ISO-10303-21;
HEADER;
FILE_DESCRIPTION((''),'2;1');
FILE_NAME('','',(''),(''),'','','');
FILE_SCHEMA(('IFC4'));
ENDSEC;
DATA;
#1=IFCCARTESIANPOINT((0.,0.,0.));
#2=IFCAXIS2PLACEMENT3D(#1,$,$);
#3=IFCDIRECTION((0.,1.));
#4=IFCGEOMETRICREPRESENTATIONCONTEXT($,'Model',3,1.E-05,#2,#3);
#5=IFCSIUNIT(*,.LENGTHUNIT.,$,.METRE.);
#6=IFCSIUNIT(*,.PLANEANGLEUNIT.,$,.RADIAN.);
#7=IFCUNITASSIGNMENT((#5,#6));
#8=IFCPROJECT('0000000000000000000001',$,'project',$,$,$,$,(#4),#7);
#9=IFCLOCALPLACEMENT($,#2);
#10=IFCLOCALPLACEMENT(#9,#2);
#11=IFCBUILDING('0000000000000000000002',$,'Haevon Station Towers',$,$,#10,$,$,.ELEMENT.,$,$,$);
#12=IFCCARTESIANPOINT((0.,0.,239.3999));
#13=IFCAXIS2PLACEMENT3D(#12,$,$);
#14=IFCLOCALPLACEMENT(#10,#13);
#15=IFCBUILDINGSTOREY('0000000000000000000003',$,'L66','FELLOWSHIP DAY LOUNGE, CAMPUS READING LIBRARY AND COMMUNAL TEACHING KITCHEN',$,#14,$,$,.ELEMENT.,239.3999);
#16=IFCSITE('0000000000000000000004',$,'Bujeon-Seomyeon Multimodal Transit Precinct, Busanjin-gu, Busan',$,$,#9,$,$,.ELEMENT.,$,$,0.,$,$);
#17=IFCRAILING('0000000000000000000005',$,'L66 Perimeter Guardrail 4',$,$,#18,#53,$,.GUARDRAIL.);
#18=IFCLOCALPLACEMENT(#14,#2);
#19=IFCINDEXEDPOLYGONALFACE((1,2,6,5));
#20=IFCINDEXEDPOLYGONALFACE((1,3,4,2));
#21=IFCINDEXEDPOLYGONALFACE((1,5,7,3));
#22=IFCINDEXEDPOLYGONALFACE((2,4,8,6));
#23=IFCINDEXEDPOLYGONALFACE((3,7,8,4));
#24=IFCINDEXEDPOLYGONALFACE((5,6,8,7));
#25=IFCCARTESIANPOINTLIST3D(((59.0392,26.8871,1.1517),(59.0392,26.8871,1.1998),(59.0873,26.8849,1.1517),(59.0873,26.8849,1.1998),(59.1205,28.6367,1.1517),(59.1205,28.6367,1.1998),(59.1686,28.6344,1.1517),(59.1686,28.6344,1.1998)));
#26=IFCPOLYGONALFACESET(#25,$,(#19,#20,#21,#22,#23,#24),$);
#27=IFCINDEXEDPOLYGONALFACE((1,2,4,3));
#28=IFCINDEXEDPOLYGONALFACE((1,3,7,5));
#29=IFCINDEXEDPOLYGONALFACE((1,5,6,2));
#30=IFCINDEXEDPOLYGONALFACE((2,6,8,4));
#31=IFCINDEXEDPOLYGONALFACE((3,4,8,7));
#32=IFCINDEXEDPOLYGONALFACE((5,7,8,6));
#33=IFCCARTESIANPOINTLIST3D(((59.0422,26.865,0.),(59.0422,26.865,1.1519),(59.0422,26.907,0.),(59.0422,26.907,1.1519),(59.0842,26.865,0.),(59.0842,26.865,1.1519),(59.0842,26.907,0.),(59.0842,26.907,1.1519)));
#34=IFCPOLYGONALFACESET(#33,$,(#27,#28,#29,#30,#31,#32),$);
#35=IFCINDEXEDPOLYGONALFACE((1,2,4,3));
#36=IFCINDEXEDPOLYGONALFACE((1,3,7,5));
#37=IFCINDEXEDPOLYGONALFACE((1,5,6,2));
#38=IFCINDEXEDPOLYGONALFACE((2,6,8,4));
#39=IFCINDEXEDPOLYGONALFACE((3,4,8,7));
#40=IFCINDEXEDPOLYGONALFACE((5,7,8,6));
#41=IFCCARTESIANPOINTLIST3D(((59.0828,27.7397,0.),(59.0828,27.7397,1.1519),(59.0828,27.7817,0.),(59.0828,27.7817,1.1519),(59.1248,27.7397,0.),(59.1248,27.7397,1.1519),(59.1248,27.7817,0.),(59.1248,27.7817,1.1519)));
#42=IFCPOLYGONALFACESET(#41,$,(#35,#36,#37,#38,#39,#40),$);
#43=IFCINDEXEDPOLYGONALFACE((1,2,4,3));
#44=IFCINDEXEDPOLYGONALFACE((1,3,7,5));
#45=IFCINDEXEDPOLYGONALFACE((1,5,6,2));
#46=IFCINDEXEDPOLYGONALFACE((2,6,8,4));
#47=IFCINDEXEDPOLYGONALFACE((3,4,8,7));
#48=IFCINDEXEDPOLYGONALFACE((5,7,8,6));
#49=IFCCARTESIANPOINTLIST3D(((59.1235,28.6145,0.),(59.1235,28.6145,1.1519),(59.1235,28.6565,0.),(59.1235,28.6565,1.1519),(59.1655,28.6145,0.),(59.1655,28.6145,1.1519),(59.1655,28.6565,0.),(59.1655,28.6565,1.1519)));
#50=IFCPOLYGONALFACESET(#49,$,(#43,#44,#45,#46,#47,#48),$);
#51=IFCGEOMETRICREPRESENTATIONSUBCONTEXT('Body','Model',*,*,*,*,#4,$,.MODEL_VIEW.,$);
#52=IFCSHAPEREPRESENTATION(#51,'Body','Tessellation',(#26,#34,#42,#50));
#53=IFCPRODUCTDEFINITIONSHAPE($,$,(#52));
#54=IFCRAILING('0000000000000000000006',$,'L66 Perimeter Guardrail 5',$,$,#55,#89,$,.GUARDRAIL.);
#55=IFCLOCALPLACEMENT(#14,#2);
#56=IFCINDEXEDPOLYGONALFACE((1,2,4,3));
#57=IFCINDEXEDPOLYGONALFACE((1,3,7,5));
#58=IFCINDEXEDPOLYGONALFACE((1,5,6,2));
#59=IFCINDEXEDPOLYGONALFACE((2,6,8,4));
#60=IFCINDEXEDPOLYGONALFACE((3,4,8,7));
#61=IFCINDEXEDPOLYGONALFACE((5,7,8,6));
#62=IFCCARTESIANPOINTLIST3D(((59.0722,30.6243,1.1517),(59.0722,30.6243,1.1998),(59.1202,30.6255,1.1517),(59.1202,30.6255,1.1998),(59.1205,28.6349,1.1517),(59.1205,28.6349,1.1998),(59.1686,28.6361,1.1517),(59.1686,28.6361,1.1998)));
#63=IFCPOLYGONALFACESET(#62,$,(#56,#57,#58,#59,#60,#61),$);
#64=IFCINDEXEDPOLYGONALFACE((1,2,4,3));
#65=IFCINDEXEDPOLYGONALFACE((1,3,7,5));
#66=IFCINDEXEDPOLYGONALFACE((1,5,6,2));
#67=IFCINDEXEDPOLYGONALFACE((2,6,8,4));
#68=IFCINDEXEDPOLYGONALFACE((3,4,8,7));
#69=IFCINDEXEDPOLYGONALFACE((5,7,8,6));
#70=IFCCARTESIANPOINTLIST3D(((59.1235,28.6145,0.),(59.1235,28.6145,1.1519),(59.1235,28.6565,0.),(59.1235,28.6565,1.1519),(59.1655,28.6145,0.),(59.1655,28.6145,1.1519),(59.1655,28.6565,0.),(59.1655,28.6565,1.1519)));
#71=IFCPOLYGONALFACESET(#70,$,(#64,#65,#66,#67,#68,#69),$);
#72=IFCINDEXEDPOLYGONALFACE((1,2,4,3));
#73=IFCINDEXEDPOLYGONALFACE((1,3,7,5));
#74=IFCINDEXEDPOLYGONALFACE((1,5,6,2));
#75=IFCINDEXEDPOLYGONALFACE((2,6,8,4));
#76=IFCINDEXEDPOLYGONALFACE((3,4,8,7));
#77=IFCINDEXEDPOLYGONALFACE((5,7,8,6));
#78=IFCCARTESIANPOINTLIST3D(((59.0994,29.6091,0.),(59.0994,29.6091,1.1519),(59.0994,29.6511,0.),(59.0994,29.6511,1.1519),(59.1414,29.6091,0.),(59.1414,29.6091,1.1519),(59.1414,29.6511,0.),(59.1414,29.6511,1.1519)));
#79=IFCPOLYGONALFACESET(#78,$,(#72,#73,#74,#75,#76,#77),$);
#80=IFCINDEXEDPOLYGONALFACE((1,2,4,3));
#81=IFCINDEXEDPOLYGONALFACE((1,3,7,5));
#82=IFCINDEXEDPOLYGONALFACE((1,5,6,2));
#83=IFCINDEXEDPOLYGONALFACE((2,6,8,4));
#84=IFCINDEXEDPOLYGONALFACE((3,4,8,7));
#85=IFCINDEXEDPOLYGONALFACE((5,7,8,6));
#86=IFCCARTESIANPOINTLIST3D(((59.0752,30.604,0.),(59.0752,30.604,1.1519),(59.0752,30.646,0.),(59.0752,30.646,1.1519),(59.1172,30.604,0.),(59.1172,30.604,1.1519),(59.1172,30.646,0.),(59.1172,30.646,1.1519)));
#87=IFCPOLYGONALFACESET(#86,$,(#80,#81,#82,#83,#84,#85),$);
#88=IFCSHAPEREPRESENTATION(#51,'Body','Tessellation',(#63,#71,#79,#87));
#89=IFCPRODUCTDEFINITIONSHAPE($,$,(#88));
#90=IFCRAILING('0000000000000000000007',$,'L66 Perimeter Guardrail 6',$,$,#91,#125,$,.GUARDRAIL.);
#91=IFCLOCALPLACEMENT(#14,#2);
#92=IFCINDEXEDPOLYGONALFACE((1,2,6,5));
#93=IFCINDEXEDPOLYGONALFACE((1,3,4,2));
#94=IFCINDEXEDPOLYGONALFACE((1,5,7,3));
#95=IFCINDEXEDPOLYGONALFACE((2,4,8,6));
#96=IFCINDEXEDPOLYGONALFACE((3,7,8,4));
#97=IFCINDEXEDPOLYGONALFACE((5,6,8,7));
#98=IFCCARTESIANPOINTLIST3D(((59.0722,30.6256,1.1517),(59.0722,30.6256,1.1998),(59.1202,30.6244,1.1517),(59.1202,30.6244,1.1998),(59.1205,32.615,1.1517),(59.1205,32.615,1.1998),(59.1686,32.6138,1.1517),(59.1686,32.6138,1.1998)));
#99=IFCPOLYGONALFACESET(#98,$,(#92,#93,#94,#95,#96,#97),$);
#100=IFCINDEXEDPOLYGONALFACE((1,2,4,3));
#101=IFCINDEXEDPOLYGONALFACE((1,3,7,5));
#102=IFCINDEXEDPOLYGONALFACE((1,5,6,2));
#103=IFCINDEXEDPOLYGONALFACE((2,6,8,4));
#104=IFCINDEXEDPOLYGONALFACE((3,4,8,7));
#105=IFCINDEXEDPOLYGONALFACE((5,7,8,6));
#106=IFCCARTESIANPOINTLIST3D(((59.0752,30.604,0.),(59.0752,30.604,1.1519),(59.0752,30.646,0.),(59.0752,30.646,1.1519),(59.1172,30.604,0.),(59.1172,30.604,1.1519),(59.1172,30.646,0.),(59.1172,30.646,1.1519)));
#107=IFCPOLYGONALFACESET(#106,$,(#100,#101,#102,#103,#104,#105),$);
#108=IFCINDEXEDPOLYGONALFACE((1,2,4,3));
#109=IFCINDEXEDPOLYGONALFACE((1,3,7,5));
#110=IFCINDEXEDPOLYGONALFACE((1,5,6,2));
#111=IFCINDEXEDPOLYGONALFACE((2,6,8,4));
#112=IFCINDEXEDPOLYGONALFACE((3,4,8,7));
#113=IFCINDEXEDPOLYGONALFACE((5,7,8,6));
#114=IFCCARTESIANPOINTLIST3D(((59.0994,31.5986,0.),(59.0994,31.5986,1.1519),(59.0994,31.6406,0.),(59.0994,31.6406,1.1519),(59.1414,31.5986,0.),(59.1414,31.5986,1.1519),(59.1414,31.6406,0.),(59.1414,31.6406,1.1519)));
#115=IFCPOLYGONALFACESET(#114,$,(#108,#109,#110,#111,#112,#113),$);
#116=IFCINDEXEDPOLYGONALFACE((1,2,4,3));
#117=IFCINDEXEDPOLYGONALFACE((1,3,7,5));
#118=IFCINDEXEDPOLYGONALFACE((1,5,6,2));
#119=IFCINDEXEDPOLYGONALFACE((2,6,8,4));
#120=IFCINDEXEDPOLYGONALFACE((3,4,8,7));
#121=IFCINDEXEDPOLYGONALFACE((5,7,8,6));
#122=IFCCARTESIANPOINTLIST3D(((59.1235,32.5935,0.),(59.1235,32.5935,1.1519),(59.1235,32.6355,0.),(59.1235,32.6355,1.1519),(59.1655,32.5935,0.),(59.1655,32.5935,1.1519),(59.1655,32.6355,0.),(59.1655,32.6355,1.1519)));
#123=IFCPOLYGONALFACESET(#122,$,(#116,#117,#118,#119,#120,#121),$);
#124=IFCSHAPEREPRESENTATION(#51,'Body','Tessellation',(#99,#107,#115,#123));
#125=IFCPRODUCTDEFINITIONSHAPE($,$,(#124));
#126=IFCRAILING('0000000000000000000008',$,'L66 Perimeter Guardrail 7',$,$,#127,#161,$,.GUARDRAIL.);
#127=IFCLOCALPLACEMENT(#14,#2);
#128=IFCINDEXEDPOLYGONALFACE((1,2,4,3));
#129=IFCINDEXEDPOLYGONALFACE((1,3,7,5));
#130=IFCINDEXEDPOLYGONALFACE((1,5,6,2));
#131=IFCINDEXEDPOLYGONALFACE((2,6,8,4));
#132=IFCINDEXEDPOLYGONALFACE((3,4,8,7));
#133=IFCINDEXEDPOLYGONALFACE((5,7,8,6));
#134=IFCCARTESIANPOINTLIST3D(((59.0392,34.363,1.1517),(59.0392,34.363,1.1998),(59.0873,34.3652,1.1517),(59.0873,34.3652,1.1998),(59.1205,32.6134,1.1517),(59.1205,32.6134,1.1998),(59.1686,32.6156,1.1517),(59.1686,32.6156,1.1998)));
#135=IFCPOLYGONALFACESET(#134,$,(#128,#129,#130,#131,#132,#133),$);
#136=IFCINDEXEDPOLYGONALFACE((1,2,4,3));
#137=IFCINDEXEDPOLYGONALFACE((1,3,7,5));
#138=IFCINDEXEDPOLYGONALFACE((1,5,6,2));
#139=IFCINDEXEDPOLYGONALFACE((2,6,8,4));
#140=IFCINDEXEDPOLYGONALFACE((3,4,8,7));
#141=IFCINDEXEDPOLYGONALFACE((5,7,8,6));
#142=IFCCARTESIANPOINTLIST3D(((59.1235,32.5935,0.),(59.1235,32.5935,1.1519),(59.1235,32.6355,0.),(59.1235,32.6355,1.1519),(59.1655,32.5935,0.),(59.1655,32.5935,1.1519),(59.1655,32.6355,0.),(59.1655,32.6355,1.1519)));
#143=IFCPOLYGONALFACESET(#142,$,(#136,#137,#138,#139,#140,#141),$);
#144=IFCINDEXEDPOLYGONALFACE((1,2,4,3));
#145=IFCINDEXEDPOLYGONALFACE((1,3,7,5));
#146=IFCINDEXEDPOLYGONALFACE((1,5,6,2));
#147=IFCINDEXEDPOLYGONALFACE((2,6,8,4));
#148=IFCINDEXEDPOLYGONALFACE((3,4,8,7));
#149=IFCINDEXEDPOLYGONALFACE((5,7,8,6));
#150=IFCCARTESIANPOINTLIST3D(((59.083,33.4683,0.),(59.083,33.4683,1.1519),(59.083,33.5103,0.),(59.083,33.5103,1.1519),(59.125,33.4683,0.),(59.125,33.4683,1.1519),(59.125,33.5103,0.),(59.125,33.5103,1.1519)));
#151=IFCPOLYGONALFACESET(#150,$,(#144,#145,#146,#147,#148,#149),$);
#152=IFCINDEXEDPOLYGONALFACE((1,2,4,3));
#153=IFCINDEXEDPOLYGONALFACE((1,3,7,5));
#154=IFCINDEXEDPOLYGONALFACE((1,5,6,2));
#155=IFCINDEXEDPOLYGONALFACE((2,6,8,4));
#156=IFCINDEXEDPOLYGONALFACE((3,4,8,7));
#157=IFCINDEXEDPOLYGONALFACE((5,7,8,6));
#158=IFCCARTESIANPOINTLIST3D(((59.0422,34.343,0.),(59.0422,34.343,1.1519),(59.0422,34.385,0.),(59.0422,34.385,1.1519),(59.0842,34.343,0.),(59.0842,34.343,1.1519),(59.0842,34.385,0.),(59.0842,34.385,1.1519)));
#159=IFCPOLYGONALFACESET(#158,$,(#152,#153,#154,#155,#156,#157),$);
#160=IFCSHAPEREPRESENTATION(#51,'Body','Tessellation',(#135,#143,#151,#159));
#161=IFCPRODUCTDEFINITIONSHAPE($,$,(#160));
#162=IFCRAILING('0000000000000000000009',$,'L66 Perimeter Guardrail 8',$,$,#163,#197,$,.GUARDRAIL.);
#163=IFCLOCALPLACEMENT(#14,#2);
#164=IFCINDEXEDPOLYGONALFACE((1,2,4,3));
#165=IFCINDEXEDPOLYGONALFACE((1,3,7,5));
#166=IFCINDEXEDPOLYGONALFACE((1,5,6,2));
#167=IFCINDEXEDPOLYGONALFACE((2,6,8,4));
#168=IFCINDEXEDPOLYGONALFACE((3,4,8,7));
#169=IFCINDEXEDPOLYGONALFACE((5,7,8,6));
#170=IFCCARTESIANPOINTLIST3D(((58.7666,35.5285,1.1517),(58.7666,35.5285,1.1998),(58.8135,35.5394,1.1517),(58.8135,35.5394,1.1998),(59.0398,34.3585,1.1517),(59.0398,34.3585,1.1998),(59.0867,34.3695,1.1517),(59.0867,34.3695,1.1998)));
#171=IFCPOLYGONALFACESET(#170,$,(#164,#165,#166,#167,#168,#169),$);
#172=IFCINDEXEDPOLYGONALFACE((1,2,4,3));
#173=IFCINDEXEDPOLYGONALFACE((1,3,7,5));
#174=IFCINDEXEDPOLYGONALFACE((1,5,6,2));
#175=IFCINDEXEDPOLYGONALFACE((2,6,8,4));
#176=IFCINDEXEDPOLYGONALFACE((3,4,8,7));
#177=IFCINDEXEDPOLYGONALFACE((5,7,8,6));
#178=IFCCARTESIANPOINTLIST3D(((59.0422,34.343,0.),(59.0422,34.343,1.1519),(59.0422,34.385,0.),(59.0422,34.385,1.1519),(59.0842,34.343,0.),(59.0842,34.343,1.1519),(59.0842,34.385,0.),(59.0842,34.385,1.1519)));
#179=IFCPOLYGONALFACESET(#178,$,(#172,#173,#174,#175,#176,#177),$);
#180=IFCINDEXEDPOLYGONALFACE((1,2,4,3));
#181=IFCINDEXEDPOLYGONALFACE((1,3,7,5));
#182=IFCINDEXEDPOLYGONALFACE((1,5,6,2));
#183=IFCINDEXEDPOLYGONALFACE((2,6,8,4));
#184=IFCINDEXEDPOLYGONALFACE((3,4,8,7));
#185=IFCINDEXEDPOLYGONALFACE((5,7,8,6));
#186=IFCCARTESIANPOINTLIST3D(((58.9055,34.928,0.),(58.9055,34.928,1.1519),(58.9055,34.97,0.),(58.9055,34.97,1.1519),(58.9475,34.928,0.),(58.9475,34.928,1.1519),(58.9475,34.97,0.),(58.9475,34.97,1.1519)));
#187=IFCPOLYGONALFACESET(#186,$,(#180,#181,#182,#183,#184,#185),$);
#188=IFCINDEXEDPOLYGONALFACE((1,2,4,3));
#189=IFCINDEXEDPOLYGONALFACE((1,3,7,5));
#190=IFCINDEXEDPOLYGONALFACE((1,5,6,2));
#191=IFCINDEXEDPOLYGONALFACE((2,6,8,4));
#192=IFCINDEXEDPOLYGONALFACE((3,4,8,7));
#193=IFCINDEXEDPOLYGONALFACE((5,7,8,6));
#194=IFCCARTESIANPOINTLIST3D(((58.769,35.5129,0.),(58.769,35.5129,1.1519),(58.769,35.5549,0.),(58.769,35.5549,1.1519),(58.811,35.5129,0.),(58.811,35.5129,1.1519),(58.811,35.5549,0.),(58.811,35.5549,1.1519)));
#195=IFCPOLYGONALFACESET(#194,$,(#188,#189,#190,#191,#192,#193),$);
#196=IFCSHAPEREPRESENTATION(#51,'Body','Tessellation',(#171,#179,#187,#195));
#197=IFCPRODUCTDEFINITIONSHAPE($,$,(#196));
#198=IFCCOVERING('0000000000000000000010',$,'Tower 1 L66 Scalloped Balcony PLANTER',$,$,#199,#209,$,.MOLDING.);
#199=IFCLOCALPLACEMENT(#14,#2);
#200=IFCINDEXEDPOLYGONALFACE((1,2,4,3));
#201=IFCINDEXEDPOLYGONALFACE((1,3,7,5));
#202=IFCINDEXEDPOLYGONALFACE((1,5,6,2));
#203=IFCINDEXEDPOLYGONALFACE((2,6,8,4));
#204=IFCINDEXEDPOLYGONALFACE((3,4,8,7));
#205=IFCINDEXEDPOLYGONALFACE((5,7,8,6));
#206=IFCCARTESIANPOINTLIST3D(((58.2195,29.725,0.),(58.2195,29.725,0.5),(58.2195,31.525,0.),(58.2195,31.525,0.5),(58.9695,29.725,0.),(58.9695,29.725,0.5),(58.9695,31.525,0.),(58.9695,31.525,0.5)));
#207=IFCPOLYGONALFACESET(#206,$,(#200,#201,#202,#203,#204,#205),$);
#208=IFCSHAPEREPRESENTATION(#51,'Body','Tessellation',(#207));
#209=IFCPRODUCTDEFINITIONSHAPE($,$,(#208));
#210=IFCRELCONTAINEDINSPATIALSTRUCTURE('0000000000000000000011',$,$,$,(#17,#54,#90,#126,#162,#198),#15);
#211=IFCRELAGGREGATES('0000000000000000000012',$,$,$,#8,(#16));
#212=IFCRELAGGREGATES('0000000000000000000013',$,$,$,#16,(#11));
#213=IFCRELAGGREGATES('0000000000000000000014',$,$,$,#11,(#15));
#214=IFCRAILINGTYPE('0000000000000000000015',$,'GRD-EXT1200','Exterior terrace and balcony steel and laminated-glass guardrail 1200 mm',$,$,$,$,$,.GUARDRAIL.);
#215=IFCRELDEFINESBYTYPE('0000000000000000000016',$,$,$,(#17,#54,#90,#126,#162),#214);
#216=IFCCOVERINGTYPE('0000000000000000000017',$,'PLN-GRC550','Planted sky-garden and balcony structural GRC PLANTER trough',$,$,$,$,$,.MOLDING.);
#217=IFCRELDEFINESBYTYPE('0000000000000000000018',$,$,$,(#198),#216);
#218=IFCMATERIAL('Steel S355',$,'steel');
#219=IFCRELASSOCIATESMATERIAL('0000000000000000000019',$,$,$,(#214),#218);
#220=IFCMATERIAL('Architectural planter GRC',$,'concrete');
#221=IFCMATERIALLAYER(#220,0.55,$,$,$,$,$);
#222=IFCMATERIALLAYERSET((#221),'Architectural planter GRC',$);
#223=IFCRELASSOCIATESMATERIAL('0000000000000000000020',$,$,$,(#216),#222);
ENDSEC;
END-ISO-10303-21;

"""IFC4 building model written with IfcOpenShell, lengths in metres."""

from ifc_helpers import new_model, si_unit, direction, frame, origin, origin_2d, place, context, subcontext, project, spatial, rectangle, extrude, material, layer, layer_set, type_object, element, save


model = new_model("IFC4")

# Units and contexts
model_context = context("Model", 3, precision=1e-05, world=origin(), true_north=direction((0.0, 1.0)))
body_context = subcontext(model_context, "Body", "Model", "MODEL_VIEW")
ifc_project = project(units=[si_unit("LENGTHUNIT", "METRE"), si_unit("PLANEANGLEUNIT", "RADIAN")], contexts=[model_context])

# Site, building, storey
site_placement = place(None, origin())
site = spatial("IfcSite", under=ifc_project, at=site_placement, Name="Bujeon-Seomyeon Multimodal Transit Precinct, Busanjin-gu, Busan", CompositionType="ELEMENT", RefElevation=0.0)
building_placement = place(site_placement, origin())
building = spatial("IfcBuilding", under=site, at=building_placement, Name="Haevon Station Towers", CompositionType="ELEMENT")
storey_placement = place(building_placement, frame((0.0, 0.0, 239.3999)))
storey = spatial("IfcBuildingStorey", under=building, at=storey_placement, Name="L66", Description="FELLOWSHIP DAY LOUNGE, CAMPUS READING LIBRARY AND COMMUNAL TEACHING KITCHEN", CompositionType="ELEMENT", Elevation=239.3999)

# Shared definitions
ifc_material_1 = material(Name="Steel S355", Category="steel")

# Railings
railing_type = type_object("IfcRailingType", Name="GRD-EXT1200", Description="Exterior terrace and balcony steel and laminated-glass guardrail 1200 mm", PredefinedType="GUARDRAIL", material=ifc_material_1)
railing_1_placement = place(storey_placement, frame((59.0632, 26.886, 0.0)))
element("IfcRailing", 1, at=railing_1_placement, inside=storey, type_object=railing_type, Name="L66 Perimeter Guardrail 4", PredefinedType="GUARDRAIL", context=body_context, shape_type="SweptSolid", body=[
    extrude(rectangle(XDim=0.0481, YDim=0.0481, at=origin_2d()), frame((0.0, 0.0, 1.1758), z_axis=(0.046419, 0.998922, 0.0), x_axis=(-0.998922, 0.046419, 0.0)), (0.0, 0.0, 1.0), 1.7515),
    extrude(rectangle(XDim=0.042, YDim=0.042, at=origin_2d()), origin(), (0.0, 0.0, 1.0), 1.1519),
    extrude(rectangle(XDim=0.042, YDim=0.042, at=origin_2d()), frame((0.0405, 0.8748, 0.0)), (0.0, 0.0, 1.0), 1.1519),
    extrude(rectangle(XDim=0.042, YDim=0.042, at=origin_2d()), frame((0.0813, 1.7495, 0.0)), (0.0, 0.0, 1.0), 1.1519),
])
railing_2_placement = place(storey_placement, frame((59.1445, 28.6355, 0.0)))
element("IfcRailing", 2, at=railing_2_placement, inside=storey, type_object=railing_type, Name="L66 Perimeter Guardrail 5", PredefinedType="GUARDRAIL", context=body_context, shape_type="SweptSolid", body=[
    extrude(rectangle(XDim=0.0481, YDim=0.0481, at=origin_2d()), frame((0.0, 0.0, 1.1758), z_axis=(-0.02429, 0.999705, 0.0), x_axis=(-0.999705, -0.02429, 0.0)), (0.0, 0.0, 1.0), 1.99),
    extrude(rectangle(XDim=0.042, YDim=0.042, at=origin_2d()), origin(), (0.0, 0.0, 1.0), 1.1519),
    extrude(rectangle(XDim=0.042, YDim=0.042, at=origin_2d()), frame((-0.0242, 0.9946, 0.0)), (0.0, 0.0, 1.0), 1.1519),
    extrude(rectangle(XDim=0.042, YDim=0.042, at=origin_2d()), frame((-0.0483, 1.9895, 0.0)), (0.0, 0.0, 1.0), 1.1519),
])
railing_3_placement = place(storey_placement, frame((59.0962, 30.625, 0.0)))
element("IfcRailing", 3, at=railing_3_placement, inside=storey, type_object=railing_type, Name="L66 Perimeter Guardrail 6", PredefinedType="GUARDRAIL", context=body_context, shape_type="SweptSolid", body=[
    extrude(rectangle(XDim=0.0481, YDim=0.0481, at=origin_2d()), frame((0.0, 0.0, 1.1758), z_axis=(0.02429, 0.999705, 0.0), x_axis=(-0.999705, 0.02429, 0.0)), (0.0, 0.0, 1.0), 1.99),
    extrude(rectangle(XDim=0.042, YDim=0.042, at=origin_2d()), origin(), (0.0, 0.0, 1.0), 1.1519),
    extrude(rectangle(XDim=0.042, YDim=0.042, at=origin_2d()), frame((0.0242, 0.9946, 0.0)), (0.0, 0.0, 1.0), 1.1519),
    extrude(rectangle(XDim=0.042, YDim=0.042, at=origin_2d()), frame((0.0483, 1.9895, 0.0)), (0.0, 0.0, 1.0), 1.1519),
])
railing_4_placement = place(storey_placement, frame((59.1445, 32.6145, 0.0)))
element("IfcRailing", 4, at=railing_4_placement, inside=storey, type_object=railing_type, Name="L66 Perimeter Guardrail 7", PredefinedType="GUARDRAIL", context=body_context, shape_type="SweptSolid", body=[
    extrude(rectangle(XDim=0.0481, YDim=0.0481, at=origin_2d()), frame((0.0, 0.0, 1.1758), z_axis=(-0.046419, 0.998922, 0.0), x_axis=(-0.998922, -0.046419, 0.0)), (0.0, 0.0, 1.0), 1.7515),
    extrude(rectangle(XDim=0.042, YDim=0.042, at=origin_2d()), origin(), (0.0, 0.0, 1.0), 1.1519),
    extrude(rectangle(XDim=0.042, YDim=0.042, at=origin_2d()), frame((-0.0405, 0.8748, 0.0)), (0.0, 0.0, 1.0), 1.1519),
    extrude(rectangle(XDim=0.042, YDim=0.042, at=origin_2d()), frame((-0.0813, 1.7495, 0.0)), (0.0, 0.0, 1.0), 1.1519),
])
railing_5_placement = place(storey_placement, frame((59.0632, 34.364, 0.0)))
element("IfcRailing", 5, at=railing_5_placement, inside=storey, type_object=railing_type, Name="L66 Perimeter Guardrail 8", PredefinedType="GUARDRAIL", context=body_context, shape_type="SweptSolid", body=[
    extrude(rectangle(XDim=0.0481, YDim=0.0481, at=origin_2d()), frame((0.0, 0.0, 1.1758), z_axis=(-0.227397, 0.973802, 0.0), x_axis=(-0.973802, -0.227397, 0.0)), (0.0, 0.0, 1.0), 1.2014),
    extrude(rectangle(XDim=0.042, YDim=0.042, at=origin_2d()), origin(), (0.0, 0.0, 1.0), 1.1519),
    extrude(rectangle(XDim=0.042, YDim=0.042, at=origin_2d()), frame((-0.1367, 0.585, 0.0)), (0.0, 0.0, 1.0), 1.1519),
    extrude(rectangle(XDim=0.042, YDim=0.042, at=origin_2d()), frame((-0.2732, 1.1699, 0.0)), (0.0, 0.0, 1.0), 1.1519),
])

# Covering
ifc_material_2 = material(Name="Architectural planter GRC", Category="concrete")
ifc_layer_1 = layer(ifc_material_2, 0.55)
ifc_layer_set_1 = layer_set([ifc_layer_1], Name="Architectural planter GRC")
covering_type = type_object("IfcCoveringType", Name="PLN-GRC550", Description="Planted sky-garden and balcony structural GRC PLANTER trough", PredefinedType="MOLDING", material=ifc_layer_set_1)
covering_placement = place(storey_placement, frame((58.5945, 30.625, 0.0), z_axis=(0.0, 0.0, 1.0), x_axis=(1.0, 0.0, 0.0)))
element("IfcCovering", 6, at=covering_placement, inside=storey, type_object=covering_type, Name="Tower 1 L66 Scalloped Balcony PLANTER", PredefinedType="MOLDING", context=body_context, shape_type="SweptSolid", body=[
    extrude(rectangle(XDim=0.75, YDim=1.8, at=origin_2d()), origin(), (0.0, 0.0, 1.0), 0.5),
])

save(model, "model.ifc")
